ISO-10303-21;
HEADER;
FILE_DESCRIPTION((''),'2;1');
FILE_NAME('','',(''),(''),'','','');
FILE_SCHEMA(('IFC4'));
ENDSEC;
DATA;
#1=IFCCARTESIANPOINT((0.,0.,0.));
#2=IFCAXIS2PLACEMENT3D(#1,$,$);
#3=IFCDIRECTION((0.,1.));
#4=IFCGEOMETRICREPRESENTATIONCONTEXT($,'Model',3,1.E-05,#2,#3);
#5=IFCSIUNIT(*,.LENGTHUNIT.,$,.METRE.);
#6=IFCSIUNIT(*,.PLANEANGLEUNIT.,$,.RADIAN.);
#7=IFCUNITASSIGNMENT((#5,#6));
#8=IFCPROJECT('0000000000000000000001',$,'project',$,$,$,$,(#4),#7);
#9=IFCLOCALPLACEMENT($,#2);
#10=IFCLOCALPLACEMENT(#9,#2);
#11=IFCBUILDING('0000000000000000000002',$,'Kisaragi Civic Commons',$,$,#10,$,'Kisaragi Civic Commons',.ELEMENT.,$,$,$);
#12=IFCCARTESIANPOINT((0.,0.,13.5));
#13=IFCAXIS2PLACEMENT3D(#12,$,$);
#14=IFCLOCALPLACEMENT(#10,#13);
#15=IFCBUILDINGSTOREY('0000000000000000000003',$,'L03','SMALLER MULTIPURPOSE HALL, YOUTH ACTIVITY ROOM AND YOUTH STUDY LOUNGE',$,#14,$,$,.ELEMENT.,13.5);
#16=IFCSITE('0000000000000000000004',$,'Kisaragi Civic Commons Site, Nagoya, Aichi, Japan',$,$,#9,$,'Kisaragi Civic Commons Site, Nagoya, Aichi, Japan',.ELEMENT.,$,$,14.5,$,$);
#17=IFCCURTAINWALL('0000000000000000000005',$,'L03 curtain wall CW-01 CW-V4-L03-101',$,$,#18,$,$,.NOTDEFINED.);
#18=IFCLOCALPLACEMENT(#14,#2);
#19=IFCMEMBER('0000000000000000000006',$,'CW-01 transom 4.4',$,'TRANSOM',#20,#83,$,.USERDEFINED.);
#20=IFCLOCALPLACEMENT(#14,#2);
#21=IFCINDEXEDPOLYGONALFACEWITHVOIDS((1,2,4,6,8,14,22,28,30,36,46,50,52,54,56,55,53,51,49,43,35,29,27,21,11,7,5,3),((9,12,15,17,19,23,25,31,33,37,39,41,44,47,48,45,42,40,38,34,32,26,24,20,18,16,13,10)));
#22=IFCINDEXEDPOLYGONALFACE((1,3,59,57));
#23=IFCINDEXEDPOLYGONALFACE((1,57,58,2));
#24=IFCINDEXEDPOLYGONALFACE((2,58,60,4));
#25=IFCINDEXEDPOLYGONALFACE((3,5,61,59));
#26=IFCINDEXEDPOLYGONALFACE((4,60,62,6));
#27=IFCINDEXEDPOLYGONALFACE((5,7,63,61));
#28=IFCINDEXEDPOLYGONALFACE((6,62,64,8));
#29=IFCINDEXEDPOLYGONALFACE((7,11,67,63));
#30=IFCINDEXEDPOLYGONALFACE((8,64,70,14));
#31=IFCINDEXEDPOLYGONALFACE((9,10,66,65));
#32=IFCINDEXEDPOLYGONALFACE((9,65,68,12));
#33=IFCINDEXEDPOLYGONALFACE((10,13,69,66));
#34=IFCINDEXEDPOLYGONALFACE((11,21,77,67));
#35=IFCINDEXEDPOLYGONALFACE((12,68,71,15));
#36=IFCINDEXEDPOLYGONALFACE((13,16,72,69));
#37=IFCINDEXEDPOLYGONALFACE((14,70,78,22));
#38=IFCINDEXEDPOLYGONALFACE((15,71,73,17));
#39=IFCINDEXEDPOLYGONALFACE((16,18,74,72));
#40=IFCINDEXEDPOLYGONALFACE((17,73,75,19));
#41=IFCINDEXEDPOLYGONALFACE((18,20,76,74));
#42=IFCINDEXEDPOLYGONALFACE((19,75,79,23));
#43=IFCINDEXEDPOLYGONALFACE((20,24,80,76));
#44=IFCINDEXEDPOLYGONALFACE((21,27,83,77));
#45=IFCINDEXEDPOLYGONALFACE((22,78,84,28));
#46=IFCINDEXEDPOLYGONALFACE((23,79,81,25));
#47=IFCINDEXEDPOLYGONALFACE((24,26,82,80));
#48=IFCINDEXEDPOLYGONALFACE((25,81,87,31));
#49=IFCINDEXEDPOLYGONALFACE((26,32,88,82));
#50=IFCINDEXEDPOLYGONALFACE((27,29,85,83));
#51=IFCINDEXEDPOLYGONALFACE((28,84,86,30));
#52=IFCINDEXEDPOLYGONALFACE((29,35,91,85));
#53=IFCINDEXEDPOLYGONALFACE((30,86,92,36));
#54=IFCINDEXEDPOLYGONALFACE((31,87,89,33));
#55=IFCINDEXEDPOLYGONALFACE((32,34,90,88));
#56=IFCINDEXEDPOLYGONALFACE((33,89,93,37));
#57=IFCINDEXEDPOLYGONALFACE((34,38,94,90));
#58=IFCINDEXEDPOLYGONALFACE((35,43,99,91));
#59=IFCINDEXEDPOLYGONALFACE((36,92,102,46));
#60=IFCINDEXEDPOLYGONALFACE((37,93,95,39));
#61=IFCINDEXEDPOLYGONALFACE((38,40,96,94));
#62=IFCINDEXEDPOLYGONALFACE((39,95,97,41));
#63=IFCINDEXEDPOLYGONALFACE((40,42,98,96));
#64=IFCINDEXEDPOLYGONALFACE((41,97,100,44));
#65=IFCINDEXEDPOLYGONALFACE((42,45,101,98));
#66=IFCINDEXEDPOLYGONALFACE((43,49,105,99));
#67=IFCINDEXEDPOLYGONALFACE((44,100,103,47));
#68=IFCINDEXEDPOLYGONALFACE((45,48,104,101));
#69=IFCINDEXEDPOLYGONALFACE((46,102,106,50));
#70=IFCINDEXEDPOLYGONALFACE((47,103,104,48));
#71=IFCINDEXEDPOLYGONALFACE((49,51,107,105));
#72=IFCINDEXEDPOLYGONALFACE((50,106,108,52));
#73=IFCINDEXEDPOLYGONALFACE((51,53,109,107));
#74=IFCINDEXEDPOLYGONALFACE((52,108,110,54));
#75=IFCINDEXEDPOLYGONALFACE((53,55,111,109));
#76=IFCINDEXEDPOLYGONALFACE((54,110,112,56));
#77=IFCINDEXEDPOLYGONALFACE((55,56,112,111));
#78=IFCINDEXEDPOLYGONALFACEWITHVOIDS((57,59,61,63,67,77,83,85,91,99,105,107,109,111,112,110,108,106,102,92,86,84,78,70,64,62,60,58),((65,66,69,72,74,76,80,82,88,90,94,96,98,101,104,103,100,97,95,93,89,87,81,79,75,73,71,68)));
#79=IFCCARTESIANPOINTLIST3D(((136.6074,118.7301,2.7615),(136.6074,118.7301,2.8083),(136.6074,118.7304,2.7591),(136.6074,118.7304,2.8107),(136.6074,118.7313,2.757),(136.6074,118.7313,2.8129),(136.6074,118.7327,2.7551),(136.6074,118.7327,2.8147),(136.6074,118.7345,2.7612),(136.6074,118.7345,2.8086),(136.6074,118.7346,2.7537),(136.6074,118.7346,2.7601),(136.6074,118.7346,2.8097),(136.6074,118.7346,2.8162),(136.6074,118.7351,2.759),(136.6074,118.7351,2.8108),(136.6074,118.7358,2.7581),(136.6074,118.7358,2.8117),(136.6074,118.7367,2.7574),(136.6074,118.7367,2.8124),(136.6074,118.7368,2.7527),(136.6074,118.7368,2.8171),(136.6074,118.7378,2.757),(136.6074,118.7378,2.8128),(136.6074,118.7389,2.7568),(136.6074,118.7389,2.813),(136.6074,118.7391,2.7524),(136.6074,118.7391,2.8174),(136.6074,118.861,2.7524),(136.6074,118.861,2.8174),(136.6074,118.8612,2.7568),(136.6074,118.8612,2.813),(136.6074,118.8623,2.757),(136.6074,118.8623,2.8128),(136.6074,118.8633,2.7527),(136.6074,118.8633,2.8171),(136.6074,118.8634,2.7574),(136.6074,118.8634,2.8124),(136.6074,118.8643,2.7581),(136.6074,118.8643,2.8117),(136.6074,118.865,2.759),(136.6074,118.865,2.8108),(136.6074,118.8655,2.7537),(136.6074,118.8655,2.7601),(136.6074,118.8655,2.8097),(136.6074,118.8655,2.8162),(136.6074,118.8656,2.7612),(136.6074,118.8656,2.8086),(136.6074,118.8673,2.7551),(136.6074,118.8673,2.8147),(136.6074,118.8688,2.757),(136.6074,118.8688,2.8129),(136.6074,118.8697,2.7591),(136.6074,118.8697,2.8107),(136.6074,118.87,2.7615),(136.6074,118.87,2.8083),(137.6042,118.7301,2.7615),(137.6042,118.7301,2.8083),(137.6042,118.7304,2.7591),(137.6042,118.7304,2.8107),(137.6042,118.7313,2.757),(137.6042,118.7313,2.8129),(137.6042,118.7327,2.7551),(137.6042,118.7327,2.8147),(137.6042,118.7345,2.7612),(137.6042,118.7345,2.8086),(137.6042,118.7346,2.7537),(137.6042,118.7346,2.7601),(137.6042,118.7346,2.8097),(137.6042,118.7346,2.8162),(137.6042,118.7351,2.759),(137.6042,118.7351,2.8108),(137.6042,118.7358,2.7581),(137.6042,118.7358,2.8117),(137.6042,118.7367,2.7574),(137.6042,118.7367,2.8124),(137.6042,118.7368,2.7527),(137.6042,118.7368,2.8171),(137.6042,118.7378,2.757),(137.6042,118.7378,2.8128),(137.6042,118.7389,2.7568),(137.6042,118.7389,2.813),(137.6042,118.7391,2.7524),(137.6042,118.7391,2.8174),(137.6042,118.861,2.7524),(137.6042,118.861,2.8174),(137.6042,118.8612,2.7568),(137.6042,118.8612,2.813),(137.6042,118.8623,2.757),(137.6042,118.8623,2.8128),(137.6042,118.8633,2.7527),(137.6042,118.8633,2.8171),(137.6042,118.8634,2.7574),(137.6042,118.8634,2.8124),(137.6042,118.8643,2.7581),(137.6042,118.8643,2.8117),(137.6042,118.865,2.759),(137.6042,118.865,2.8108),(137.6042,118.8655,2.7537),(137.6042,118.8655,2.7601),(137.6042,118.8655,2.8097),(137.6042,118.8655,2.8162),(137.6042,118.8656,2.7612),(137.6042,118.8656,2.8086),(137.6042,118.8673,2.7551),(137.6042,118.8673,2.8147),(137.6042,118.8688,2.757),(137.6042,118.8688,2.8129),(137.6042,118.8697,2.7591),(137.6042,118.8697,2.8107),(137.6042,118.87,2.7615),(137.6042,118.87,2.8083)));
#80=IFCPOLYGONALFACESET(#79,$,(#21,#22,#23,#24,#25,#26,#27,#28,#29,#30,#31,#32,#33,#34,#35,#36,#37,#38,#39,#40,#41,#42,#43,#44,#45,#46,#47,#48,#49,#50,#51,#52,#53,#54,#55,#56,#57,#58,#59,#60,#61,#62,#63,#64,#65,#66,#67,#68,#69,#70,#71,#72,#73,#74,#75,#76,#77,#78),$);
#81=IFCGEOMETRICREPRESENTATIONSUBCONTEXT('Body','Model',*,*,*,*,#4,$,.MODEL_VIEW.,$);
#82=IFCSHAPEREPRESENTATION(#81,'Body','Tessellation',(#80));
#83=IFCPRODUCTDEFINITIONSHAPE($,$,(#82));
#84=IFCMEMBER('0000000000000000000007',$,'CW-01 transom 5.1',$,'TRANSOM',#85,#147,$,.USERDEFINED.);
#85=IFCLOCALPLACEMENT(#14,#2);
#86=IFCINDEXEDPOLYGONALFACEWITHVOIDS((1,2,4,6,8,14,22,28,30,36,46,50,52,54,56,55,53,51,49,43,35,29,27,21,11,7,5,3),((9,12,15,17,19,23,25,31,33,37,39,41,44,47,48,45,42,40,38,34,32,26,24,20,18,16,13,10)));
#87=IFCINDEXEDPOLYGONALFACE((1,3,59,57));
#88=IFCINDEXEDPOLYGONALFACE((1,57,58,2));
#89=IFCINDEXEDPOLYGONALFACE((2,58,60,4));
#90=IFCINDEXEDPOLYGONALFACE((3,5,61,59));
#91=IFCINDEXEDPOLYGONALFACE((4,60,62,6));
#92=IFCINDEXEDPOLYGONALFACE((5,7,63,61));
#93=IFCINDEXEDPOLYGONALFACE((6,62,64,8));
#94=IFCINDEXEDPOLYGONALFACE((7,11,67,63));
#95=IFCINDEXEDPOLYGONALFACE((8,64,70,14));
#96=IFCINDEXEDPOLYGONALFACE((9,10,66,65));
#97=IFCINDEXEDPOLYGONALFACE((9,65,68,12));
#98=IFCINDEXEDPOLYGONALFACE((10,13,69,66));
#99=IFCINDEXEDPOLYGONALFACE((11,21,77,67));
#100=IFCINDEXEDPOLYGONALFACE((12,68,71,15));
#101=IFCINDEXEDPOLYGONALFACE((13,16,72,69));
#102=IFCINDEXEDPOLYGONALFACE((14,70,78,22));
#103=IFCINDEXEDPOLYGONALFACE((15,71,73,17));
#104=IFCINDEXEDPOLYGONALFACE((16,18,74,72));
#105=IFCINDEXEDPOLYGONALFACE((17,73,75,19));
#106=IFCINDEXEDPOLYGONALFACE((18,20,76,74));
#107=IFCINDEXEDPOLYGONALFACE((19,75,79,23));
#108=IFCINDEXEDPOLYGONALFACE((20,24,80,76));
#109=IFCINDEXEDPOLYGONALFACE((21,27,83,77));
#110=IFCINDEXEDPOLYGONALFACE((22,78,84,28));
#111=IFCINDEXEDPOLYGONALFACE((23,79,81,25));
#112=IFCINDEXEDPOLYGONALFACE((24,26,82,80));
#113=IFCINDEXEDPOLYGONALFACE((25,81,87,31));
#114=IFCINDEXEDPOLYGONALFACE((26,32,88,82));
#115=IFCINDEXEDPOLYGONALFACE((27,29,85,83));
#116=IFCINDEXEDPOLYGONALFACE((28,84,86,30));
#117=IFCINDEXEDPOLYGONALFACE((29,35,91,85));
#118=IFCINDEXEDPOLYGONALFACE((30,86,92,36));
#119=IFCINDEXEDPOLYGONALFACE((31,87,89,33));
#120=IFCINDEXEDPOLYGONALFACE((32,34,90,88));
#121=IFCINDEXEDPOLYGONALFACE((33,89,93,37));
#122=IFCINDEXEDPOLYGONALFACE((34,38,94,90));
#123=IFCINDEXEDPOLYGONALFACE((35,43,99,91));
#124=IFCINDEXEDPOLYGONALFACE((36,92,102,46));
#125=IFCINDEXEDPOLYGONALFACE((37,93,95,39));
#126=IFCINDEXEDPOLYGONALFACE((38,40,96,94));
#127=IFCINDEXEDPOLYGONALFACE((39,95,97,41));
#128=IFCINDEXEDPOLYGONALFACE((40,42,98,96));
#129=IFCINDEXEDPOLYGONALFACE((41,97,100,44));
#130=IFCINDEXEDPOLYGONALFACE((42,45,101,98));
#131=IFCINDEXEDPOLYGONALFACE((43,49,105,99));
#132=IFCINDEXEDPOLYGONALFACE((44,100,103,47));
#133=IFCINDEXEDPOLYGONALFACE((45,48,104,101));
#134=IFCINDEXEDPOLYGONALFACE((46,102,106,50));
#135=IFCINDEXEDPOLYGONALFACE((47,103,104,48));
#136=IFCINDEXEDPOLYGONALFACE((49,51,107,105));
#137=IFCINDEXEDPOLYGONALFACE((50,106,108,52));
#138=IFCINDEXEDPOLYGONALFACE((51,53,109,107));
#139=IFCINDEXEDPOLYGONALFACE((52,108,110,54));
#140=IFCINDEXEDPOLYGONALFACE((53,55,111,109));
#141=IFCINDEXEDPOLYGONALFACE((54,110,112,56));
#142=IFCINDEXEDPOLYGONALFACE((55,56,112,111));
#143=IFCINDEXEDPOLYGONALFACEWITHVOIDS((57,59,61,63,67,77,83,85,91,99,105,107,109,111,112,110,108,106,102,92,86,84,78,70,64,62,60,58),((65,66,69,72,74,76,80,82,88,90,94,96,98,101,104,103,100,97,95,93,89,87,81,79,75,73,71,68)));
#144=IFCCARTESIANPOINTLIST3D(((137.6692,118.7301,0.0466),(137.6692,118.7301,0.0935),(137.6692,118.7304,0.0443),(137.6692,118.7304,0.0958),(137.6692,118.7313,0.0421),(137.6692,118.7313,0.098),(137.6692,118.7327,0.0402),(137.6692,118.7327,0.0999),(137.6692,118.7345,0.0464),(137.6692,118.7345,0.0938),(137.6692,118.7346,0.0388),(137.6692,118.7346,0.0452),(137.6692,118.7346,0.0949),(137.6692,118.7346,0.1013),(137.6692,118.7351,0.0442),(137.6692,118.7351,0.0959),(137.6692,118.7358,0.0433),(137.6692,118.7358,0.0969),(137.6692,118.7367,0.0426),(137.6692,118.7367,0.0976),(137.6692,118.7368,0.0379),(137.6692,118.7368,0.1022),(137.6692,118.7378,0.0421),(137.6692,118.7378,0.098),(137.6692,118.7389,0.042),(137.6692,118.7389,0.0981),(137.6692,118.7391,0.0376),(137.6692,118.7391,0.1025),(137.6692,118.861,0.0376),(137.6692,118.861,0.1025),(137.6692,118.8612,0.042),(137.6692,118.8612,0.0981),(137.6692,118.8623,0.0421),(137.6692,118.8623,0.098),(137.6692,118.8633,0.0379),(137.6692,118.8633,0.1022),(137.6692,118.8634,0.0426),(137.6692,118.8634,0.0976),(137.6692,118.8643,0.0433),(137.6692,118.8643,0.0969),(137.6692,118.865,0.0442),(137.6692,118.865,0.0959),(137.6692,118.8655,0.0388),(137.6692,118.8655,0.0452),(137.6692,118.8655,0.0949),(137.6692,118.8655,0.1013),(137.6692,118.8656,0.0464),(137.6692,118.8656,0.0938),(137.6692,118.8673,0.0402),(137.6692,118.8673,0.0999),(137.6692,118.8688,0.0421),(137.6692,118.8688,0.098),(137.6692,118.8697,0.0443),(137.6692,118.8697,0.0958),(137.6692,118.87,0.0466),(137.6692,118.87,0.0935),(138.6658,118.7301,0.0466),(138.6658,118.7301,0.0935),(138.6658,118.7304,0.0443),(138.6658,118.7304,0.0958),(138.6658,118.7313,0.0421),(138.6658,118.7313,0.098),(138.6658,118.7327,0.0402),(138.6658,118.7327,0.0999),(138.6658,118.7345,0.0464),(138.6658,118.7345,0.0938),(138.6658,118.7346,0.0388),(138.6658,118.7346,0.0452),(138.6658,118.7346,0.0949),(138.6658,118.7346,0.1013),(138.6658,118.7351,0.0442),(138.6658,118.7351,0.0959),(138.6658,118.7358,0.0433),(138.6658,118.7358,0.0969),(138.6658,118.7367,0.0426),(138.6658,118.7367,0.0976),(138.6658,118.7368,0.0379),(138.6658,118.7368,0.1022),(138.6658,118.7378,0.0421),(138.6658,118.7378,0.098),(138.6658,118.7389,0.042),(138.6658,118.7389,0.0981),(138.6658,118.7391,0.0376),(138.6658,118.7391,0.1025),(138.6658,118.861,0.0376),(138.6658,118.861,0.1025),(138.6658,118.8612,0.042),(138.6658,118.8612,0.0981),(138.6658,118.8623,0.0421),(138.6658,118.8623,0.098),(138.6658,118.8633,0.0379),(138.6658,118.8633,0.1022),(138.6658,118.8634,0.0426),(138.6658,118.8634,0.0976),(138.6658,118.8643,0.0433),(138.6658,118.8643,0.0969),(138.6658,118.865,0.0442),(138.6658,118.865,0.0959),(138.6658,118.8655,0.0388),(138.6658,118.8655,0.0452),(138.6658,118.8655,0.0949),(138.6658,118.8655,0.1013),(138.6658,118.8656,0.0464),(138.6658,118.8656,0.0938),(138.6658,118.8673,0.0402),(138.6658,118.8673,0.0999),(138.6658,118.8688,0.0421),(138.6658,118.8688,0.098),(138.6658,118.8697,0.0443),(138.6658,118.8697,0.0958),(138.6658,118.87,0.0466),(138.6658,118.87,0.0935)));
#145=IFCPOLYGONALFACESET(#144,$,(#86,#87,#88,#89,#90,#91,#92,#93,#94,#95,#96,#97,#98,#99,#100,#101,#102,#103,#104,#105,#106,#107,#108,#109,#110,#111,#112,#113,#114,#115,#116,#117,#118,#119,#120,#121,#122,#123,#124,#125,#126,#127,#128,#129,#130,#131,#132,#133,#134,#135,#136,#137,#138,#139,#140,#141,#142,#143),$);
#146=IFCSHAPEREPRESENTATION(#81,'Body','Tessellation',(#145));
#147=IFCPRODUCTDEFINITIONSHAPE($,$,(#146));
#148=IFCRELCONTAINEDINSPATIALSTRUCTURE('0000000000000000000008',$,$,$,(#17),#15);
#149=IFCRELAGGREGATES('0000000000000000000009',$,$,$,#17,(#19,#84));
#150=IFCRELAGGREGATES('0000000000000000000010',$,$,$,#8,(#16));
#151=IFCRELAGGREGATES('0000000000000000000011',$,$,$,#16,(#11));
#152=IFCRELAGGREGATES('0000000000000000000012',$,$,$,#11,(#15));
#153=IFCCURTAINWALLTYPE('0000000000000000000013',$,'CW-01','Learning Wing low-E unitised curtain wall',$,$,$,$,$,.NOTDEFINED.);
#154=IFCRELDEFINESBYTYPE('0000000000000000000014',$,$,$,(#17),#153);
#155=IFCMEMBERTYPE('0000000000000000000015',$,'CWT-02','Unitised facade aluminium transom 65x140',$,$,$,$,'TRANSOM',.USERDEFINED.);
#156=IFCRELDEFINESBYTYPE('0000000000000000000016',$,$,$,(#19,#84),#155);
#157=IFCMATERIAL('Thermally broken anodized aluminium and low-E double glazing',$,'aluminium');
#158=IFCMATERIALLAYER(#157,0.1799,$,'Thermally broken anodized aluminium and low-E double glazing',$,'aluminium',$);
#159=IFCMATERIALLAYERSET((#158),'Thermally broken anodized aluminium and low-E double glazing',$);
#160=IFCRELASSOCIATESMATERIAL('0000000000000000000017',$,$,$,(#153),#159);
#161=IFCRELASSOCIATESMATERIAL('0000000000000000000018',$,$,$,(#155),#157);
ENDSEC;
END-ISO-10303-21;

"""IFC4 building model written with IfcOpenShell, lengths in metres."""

from ifc_helpers import new_model, si_unit, direction, frame, origin, origin_2d, place, context, subcontext, project, spatial, hollow_rectangle, extrude, material, layer, layer_set, material_profile, profile_set, type_object, element, aggregate, save


model = new_model("IFC4")

# Units and contexts
model_context = context("Model", 3, precision=1e-05, world=origin(), true_north=direction((0.0, 1.0)))
body_context = subcontext(model_context, "Body", "Model", "MODEL_VIEW")
ifc_project = project(units=[si_unit("LENGTHUNIT", "METRE"), si_unit("PLANEANGLEUNIT", "RADIAN")], contexts=[model_context])

# Site, building, storey
site_placement = place(None, origin())
site = spatial("IfcSite", under=ifc_project, at=site_placement, Name="Kisaragi Civic Commons Site, Nagoya, Aichi, Japan", LongName="Kisaragi Civic Commons Site, Nagoya, Aichi, Japan", CompositionType="ELEMENT", RefElevation=14.5)
building_placement = place(site_placement, origin())
building = spatial("IfcBuilding", under=site, at=building_placement, Name="Kisaragi Civic Commons", LongName="Kisaragi Civic Commons", CompositionType="ELEMENT")
storey_placement = place(building_placement, frame((0.0, 0.0, 13.5)))
storey = spatial("IfcBuildingStorey", under=building, at=storey_placement, Name="L03", Description="SMALLER MULTIPURPOSE HALL, YOUTH ACTIVITY ROOM AND YOUTH STUDY LOUNGE", CompositionType="ELEMENT", Elevation=13.5)

# Curtain wall, members
ifc_material_1 = material(Name="Thermally broken anodized aluminium and low-E double glazing", Category="aluminium")
ifc_layer_1 = layer(ifc_material_1, 0.1799, Name="Thermally broken anodized aluminium and low-E double glazing", Category="aluminium")
ifc_layer_set_1 = layer_set([ifc_layer_1], Name="Thermally broken anodized aluminium and low-E double glazing")
curtain_wall_type = type_object("IfcCurtainWallType", Name="CW-01", Description="Learning Wing low-E unitised curtain wall", PredefinedType="NOTDEFINED", material=ifc_layer_set_1)
curtain_wall_placement = place(storey_placement, origin())
curtain_wall = element("IfcCurtainWall", 1, at=curtain_wall_placement, inside=storey, type_object=curtain_wall_type, Name="L03 curtain wall CW-01 CW-V4-L03-101", PredefinedType="NOTDEFINED")
ifc_material_profile_1 = material_profile(ifc_material_1, hollow_rectangle(XDim=0.1399, YDim=0.0649, WallThickness=0.0044, InnerFilletRadius=0.0044, OuterFilletRadius=0.009, at=origin_2d()), Name="CWT-65x140x4.5", Category="aluminium")
ifc_profile_set_1 = profile_set([ifc_material_profile_1], Name="Thermally broken anodized aluminium and low-E double glazing")
member_type_1 = type_object("IfcMemberType", Name="CWT-02", Description="Unitised facade aluminium transom 65x140", ElementType="TRANSOM", PredefinedType="USERDEFINED", material=ifc_profile_set_1)
member_1_placement = place(storey_placement, frame((136.6074, 118.8, 2.7849), z_axis=(1.0, 0.0, 0.0), x_axis=(0.0, 1.0, 0.0)))
member_1 = element("IfcMember", 2, at=member_1_placement, type_object=member_type_1, Name="CW-01 transom 4.4", ObjectType="TRANSOM", PredefinedType="USERDEFINED", context=body_context, shape_type="SweptSolid", body=[
    extrude(hollow_rectangle(XDim=0.1399, YDim=0.0649, WallThickness=0.0044, InnerFilletRadius=0.0044, OuterFilletRadius=0.009, at=origin_2d()), origin(), (0.0, 0.0, 1.0), 0.9968),
])
member_2_placement = place(storey_placement, frame((137.6692, 118.8, 0.0701), z_axis=(1.0, 0.0, 0.0), x_axis=(0.0, 1.0, 0.0)))
member_2 = element("IfcMember", 3, at=member_2_placement, type_object=member_type_1, Name="CW-01 transom 5.1", ObjectType="TRANSOM", PredefinedType="USERDEFINED", context=body_context, shape_type="SweptSolid", body=[
    extrude(hollow_rectangle(XDim=0.1399, YDim=0.0649, WallThickness=0.0044, InnerFilletRadius=0.0044, OuterFilletRadius=0.009, at=origin_2d()), origin(), (0.0, 0.0, 1.0), 0.9966),
])

aggregate(curtain_wall, [member_1, member_2])

save(model, "model.ifc")
